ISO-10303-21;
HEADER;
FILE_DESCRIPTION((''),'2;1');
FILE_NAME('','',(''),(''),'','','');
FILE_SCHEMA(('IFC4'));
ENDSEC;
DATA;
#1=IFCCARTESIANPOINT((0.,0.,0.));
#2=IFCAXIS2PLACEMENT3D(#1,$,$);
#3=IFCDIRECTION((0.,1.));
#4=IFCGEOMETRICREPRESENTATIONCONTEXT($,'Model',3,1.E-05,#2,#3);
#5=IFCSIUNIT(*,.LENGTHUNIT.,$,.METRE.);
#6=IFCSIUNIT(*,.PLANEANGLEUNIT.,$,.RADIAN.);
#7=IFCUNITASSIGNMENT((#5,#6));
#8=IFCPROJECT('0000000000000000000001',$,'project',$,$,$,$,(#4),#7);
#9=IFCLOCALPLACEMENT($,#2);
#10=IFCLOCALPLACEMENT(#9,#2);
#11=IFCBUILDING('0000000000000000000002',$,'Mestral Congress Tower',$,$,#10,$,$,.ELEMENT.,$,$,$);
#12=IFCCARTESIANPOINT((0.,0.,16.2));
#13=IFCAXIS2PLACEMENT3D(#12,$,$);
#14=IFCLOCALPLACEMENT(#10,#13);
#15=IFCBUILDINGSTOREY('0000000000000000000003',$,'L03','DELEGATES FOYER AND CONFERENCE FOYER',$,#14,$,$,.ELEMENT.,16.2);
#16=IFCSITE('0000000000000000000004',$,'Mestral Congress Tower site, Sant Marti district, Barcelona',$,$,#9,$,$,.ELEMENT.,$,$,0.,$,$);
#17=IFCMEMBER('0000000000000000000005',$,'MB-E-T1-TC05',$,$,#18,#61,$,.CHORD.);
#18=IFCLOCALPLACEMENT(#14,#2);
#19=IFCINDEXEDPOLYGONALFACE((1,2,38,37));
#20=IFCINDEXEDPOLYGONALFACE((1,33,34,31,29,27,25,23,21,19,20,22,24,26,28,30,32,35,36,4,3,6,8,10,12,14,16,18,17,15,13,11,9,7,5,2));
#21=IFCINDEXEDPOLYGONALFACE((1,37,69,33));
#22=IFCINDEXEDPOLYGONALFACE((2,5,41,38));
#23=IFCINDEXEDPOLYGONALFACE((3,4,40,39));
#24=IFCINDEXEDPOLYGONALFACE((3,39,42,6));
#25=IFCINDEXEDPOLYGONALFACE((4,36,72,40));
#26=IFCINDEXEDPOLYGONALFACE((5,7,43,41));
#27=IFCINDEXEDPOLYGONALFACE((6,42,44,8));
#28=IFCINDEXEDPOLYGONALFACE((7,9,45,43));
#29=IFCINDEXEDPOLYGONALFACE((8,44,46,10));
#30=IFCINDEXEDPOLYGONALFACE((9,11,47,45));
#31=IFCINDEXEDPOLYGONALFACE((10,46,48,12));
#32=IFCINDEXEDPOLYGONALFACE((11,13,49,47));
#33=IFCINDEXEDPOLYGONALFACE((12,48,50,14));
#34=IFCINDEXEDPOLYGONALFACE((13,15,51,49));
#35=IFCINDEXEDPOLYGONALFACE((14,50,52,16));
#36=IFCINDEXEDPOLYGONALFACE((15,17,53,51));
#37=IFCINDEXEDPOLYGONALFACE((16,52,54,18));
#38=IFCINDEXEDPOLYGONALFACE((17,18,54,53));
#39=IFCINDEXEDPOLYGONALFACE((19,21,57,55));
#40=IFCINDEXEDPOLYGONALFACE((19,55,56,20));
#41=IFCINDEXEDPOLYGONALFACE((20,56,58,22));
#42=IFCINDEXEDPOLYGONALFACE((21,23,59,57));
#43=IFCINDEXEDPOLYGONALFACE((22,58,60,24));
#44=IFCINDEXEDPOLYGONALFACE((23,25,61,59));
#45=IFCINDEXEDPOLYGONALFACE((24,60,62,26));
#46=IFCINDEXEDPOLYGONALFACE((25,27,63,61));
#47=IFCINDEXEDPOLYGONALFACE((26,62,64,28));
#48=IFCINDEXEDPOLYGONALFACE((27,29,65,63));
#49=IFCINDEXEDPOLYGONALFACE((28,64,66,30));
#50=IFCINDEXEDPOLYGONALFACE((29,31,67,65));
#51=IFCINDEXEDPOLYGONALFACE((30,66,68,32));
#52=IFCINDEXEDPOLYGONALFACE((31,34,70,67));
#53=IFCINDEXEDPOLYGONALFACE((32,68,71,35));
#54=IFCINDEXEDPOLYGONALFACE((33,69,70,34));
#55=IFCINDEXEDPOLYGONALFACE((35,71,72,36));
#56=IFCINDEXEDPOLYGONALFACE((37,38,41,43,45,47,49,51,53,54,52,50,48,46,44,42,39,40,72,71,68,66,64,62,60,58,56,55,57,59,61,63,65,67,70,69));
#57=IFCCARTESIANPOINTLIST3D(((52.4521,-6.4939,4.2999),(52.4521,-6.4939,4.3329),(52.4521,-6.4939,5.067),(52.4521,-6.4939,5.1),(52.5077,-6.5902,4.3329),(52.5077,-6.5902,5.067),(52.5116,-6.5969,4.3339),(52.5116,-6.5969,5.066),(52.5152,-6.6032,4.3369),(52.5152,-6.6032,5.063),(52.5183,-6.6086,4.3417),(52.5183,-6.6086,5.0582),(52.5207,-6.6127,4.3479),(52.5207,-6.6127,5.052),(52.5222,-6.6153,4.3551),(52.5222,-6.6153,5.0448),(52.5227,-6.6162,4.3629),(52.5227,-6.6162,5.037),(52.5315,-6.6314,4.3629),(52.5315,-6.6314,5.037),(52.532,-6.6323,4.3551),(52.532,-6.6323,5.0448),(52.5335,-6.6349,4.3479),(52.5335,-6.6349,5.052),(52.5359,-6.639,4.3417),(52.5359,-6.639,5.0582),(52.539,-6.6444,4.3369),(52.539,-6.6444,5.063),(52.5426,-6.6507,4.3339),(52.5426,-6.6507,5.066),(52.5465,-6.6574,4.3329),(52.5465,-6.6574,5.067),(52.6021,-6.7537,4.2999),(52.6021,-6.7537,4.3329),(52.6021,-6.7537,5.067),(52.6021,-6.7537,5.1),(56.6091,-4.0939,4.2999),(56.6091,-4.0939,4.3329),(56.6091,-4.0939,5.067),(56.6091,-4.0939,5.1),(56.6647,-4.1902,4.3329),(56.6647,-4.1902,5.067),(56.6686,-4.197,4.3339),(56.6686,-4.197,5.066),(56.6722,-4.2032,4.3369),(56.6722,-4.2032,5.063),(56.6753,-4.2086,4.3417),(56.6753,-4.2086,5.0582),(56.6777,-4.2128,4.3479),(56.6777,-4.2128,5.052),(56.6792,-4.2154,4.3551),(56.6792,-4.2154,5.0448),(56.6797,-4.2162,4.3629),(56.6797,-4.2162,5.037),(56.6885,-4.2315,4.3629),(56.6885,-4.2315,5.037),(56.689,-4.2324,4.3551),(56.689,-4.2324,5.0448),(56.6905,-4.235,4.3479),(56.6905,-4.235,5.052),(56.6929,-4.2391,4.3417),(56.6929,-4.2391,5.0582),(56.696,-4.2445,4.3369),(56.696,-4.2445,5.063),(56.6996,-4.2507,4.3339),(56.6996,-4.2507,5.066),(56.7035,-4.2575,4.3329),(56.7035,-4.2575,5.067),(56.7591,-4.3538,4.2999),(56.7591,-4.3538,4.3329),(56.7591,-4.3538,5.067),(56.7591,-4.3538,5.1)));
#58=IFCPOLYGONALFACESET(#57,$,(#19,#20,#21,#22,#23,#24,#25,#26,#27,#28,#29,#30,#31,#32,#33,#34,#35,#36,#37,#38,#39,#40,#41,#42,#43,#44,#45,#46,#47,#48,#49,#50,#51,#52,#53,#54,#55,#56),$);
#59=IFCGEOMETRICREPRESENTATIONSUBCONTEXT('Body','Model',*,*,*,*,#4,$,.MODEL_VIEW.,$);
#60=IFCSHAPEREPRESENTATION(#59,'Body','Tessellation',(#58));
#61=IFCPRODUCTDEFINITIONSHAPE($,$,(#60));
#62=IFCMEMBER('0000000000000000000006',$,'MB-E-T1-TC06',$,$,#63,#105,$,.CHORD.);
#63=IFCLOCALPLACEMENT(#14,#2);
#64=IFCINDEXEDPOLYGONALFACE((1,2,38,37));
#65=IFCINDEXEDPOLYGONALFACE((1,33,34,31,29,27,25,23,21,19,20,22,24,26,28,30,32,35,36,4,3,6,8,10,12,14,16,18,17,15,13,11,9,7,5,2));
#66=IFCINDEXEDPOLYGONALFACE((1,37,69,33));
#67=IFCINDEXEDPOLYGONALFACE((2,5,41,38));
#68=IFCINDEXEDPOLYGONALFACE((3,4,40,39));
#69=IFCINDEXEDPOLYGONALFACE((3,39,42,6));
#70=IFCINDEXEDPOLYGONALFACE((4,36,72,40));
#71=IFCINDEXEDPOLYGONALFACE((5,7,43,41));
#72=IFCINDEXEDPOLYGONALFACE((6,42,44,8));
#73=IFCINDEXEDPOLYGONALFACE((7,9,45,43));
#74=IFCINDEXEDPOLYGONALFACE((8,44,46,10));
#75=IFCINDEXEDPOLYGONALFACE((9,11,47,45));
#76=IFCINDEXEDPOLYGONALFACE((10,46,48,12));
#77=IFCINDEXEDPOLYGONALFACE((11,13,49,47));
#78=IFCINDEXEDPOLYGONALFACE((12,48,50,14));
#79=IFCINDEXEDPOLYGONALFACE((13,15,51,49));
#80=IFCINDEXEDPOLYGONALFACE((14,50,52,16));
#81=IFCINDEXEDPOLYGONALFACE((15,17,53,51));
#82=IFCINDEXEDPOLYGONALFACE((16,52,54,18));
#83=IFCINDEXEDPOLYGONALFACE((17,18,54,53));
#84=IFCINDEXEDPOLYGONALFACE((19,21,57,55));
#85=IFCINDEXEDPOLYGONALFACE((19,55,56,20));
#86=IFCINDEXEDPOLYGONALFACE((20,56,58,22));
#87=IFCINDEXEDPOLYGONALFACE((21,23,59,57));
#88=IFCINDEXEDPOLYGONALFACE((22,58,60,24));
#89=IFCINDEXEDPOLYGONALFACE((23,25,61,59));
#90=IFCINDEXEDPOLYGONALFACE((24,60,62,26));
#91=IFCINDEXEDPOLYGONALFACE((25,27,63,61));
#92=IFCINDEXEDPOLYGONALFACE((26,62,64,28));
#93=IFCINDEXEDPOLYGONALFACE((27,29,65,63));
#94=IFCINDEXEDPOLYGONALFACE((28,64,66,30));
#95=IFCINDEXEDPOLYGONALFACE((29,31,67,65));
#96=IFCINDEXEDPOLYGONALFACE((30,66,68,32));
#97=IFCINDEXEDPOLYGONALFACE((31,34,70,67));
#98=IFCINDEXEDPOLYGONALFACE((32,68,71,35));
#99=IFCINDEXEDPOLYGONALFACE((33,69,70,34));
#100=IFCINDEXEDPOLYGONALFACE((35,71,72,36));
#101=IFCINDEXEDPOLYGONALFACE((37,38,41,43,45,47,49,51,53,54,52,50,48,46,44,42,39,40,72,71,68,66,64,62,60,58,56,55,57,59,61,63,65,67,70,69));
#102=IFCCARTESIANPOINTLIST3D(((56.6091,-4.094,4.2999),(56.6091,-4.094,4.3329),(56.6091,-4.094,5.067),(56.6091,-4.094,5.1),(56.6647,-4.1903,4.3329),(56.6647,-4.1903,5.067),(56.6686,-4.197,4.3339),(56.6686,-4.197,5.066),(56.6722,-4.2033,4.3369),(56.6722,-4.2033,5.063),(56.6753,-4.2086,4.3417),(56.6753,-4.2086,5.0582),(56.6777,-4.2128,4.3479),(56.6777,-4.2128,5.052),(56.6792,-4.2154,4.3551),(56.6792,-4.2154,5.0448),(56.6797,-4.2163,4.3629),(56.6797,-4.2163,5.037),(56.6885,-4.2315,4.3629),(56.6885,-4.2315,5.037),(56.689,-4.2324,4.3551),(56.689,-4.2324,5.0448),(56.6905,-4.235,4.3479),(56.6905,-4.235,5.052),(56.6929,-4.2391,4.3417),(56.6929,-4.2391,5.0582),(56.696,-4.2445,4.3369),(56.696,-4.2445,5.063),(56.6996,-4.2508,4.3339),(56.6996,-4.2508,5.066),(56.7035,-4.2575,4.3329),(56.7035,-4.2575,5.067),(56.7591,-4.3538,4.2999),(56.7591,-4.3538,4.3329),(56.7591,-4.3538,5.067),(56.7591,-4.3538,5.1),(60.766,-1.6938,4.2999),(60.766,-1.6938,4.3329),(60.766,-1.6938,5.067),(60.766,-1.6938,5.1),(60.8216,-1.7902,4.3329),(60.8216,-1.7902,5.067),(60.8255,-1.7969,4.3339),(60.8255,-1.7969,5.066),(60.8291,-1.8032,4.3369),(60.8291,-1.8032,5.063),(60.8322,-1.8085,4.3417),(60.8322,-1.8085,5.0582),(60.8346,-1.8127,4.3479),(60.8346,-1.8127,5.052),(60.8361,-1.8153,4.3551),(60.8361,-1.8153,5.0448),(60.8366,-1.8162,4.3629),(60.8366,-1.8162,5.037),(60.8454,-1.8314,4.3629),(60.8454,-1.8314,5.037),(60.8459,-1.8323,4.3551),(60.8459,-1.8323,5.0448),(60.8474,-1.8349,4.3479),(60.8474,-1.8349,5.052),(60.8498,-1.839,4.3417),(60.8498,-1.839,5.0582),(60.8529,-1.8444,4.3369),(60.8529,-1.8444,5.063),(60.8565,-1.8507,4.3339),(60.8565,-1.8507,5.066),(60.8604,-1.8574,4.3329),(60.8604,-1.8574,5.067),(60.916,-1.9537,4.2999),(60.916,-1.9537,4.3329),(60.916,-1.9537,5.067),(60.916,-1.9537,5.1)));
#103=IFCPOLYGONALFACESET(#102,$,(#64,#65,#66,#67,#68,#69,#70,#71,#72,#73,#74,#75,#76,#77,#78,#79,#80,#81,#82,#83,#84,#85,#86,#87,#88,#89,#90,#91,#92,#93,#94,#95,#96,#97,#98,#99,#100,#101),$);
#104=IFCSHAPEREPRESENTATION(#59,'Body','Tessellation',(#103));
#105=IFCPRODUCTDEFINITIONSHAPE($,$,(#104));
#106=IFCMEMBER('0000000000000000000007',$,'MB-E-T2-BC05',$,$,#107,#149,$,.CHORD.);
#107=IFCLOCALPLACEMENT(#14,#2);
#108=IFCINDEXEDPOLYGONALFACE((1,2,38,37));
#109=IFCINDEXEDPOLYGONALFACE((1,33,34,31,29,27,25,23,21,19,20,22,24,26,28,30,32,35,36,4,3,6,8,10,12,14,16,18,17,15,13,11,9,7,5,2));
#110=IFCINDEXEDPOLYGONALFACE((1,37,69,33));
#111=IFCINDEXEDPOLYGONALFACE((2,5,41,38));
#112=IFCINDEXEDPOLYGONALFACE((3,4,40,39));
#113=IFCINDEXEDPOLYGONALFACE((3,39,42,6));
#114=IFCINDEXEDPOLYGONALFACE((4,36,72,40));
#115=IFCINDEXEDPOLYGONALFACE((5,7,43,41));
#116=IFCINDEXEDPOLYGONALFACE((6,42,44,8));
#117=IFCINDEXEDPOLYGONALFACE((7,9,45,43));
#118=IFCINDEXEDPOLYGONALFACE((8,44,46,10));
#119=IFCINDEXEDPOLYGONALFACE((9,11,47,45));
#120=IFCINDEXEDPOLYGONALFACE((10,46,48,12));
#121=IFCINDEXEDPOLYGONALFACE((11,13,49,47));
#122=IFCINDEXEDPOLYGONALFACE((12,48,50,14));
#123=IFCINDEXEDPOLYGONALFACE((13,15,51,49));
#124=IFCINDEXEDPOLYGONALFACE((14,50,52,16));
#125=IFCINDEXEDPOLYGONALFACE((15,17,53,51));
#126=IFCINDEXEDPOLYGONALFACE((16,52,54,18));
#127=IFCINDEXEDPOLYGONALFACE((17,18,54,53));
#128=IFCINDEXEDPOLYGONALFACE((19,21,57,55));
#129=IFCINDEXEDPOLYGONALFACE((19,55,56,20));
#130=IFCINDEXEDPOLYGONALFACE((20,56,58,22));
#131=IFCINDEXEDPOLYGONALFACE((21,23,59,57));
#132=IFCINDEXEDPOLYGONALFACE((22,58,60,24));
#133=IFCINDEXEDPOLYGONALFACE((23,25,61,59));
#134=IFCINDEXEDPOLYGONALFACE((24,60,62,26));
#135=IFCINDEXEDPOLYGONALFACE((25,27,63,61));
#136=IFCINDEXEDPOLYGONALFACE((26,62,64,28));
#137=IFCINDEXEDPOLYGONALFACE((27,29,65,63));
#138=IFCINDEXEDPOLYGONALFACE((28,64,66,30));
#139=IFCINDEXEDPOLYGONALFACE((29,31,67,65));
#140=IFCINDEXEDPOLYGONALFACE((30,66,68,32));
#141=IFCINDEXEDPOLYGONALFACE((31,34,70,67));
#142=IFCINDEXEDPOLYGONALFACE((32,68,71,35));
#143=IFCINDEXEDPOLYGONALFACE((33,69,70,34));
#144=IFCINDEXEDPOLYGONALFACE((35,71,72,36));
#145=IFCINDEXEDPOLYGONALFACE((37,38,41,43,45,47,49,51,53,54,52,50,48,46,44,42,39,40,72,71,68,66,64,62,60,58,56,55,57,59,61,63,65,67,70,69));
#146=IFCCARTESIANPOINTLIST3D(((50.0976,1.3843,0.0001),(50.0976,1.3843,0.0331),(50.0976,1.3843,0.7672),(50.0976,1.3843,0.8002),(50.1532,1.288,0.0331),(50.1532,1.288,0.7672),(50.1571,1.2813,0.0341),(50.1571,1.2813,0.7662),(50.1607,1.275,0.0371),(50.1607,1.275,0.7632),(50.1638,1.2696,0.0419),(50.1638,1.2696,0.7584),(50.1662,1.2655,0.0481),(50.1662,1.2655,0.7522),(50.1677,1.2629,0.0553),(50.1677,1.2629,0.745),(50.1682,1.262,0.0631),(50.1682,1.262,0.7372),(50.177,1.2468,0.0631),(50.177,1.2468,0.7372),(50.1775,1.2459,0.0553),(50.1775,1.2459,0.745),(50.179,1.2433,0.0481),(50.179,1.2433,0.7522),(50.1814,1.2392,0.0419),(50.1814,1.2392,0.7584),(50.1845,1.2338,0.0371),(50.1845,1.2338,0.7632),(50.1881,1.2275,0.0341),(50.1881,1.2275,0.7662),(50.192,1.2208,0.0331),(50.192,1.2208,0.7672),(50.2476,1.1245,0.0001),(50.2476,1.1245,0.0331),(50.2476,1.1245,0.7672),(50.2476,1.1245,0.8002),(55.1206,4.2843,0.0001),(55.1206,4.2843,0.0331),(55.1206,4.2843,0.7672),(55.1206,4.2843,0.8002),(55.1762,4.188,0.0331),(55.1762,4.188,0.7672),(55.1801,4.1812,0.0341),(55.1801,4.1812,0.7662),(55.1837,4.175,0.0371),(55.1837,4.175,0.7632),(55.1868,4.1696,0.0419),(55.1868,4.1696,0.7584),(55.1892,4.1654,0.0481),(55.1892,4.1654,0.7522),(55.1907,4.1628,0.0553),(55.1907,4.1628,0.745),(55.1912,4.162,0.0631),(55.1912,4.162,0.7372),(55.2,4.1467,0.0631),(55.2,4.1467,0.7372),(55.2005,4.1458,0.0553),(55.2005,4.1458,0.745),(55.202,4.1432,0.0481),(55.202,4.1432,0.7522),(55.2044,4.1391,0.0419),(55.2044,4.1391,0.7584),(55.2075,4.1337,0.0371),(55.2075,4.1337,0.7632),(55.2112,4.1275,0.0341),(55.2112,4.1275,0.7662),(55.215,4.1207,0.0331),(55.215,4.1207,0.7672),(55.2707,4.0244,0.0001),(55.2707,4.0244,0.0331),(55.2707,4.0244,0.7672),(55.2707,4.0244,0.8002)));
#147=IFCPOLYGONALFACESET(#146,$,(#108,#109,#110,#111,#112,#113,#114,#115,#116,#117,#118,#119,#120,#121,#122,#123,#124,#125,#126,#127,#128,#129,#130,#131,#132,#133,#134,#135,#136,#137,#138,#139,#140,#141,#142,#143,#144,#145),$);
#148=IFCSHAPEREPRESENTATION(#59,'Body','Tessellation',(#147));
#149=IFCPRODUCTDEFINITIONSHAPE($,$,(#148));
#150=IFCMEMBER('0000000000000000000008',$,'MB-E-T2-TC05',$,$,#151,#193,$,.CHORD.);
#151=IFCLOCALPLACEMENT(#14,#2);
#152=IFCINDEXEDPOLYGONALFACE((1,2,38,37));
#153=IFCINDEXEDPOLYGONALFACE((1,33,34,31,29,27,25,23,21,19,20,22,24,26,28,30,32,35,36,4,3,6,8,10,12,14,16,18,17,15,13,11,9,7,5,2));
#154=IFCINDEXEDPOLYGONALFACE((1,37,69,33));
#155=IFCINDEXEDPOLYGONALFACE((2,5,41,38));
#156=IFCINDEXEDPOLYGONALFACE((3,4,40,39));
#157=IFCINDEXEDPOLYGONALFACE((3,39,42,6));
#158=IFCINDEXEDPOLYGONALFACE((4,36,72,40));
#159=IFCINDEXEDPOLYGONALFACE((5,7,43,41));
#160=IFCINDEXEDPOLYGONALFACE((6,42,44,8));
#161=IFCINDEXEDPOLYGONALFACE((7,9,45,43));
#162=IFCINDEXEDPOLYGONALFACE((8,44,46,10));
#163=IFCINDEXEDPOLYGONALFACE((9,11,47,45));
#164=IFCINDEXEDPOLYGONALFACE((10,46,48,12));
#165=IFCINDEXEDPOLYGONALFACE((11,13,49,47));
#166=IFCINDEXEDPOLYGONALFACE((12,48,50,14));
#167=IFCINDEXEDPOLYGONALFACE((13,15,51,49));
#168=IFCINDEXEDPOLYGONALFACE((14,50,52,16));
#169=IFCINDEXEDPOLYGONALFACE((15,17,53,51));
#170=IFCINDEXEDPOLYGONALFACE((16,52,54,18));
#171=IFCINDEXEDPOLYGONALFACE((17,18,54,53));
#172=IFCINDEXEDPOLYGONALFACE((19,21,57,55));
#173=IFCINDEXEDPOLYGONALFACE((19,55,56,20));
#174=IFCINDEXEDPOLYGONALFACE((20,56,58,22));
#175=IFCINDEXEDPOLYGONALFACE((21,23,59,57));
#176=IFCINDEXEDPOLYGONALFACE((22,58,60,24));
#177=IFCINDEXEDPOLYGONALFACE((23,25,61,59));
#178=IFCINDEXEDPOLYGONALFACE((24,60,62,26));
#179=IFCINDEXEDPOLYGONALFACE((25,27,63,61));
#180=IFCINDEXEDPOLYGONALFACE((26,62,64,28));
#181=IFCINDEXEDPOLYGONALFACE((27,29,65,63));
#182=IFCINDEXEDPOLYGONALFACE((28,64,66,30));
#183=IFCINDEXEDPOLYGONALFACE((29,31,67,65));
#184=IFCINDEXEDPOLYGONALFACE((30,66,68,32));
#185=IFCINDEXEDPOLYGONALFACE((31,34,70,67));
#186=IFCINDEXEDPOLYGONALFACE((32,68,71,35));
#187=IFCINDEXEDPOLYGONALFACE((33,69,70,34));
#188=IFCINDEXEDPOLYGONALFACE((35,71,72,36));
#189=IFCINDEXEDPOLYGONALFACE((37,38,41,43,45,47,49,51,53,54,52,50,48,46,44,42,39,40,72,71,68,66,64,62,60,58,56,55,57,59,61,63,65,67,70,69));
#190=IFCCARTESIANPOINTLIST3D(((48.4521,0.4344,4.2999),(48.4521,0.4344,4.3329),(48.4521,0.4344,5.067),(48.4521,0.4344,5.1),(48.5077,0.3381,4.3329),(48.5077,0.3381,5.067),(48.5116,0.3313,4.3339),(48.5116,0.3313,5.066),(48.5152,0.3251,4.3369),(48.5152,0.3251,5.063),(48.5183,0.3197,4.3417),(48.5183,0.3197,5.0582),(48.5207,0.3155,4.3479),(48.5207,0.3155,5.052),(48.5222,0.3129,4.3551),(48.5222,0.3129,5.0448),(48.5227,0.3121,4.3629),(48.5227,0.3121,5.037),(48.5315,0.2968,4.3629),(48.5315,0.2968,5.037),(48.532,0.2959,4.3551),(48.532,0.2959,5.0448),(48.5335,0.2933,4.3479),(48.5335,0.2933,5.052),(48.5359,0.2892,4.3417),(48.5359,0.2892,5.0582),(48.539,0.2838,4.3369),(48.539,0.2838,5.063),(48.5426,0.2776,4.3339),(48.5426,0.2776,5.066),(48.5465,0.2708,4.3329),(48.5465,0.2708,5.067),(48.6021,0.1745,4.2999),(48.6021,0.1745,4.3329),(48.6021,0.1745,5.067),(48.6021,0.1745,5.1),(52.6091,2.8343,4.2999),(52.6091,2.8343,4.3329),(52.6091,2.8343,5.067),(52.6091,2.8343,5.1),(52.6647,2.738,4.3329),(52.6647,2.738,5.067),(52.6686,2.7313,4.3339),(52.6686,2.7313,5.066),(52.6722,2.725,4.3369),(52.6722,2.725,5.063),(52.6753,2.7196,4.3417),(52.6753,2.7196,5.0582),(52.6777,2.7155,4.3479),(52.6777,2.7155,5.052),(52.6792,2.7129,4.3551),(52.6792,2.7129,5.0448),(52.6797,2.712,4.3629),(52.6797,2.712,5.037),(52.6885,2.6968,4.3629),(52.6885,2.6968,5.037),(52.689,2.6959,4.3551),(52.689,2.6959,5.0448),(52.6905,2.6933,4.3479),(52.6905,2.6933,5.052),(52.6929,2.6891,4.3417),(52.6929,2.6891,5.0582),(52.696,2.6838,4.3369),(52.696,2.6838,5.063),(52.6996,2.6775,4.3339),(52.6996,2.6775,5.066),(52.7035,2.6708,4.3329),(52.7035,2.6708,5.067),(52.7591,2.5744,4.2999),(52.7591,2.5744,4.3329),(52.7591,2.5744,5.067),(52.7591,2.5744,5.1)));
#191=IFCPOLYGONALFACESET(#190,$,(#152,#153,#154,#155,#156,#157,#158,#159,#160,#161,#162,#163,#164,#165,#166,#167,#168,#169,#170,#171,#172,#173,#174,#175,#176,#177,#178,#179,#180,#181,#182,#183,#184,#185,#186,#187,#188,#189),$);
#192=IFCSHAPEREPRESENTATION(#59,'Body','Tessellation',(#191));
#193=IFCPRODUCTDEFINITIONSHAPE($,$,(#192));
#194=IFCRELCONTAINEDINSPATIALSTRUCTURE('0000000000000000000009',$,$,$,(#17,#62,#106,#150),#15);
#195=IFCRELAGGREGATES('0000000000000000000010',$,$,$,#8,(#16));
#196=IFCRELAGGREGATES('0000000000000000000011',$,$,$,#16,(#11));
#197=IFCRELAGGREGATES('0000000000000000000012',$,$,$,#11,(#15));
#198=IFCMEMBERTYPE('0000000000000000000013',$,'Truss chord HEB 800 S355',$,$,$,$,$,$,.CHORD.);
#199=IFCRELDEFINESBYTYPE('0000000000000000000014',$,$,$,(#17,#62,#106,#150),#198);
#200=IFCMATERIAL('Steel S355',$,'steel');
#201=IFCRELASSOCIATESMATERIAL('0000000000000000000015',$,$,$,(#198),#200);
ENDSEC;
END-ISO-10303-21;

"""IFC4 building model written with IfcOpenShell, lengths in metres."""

from ifc_helpers import new_model, si_unit, direction, frame, origin, origin_2d, place, context, subcontext, project, spatial, i_section, extrude, material, material_profile, profile_set, type_object, element, save


model = new_model("IFC4")

# Units and contexts
model_context = context("Model", 3, precision=1e-05, world=origin(), true_north=direction((0.0, 1.0)))
body_context = subcontext(model_context, "Body", "Model", "MODEL_VIEW")
ifc_project = project(units=[si_unit("LENGTHUNIT", "METRE"), si_unit("PLANEANGLEUNIT", "RADIAN")], contexts=[model_context])

# Site, building, storey
site_placement = place(None, origin())
site = spatial("IfcSite", under=ifc_project, at=site_placement, Name="Mestral Congress Tower site, Sant Marti district, Barcelona", CompositionType="ELEMENT", RefElevation=0.0)
building_placement = place(site_placement, origin())
building = spatial("IfcBuilding", under=site, at=building_placement, Name="Mestral Congress Tower", CompositionType="ELEMENT")
storey_placement = place(building_placement, frame((0.0, 0.0, 16.2)))
storey = spatial("IfcBuildingStorey", under=building, at=storey_placement, Name="L03", Description="DELEGATES FOYER AND CONFERENCE FOYER", CompositionType="ELEMENT", Elevation=16.2)

# Members
ifc_material_1 = material(Name="Steel S355", Category="steel")
ifc_material_profile_1 = material_profile(ifc_material_1, i_section(OverallWidth=0.3, OverallDepth=0.8, WebThickness=0.0176, FlangeThickness=0.033, FilletRadius=0.03, at=origin_2d()), Name="HEB 800")
ifc_profile_set_1 = profile_set([ifc_material_profile_1], Name="Steel S355")
member_type_1 = type_object("IfcMemberType", Name="Truss chord HEB 800 S355", PredefinedType="CHORD", material=ifc_profile_set_1)
for number, where, z_axis, x_axis, name in (
    (1, (52.5271, -6.6238, 4.7), (0.866037, 0.499979, 0.0), (-0.499979, 0.866037, 0.0), "MB-E-T1-TC05"),
    (2, (56.6841, -4.2239, 4.7), (0.866015, 0.500017, 0.0), (-0.500017, 0.866015, 0.0), "MB-E-T1-TC06"),
):
    element("IfcMember", number, at=place(storey_placement, frame(where, z_axis=z_axis, x_axis=x_axis)), inside=storey, type_object=member_type_1, Name=name, PredefinedType="CHORD", context=body_context, shape_type="SweptSolid", body=[
        extrude(i_section(OverallWidth=0.3, OverallDepth=0.8, WebThickness=0.0176, FlangeThickness=0.033, FilletRadius=0.03, at=origin_2d()), origin(), (0.0, 0.0, 1.0), 4.8),
    ])
member_1_placement = place(storey_placement, frame((50.1726, 1.2544, 0.4001), z_axis=(0.866033, 0.499987, 0.0), x_axis=(-0.499987, 0.866033, 0.0)))
element("IfcMember", 3, at=member_1_placement, inside=storey, type_object=member_type_1, Name="MB-E-T2-BC05", PredefinedType="CHORD", context=body_context, shape_type="SweptSolid", body=[
    extrude(i_section(OverallWidth=0.3, OverallDepth=0.8, WebThickness=0.0176, FlangeThickness=0.033, FilletRadius=0.03, at=origin_2d()), origin(), (0.0, 0.0, 1.0), 5.8),
])
for number, where, z_axis, x_axis, name in (
    (4, (48.5271, 0.3044, 4.7), (0.866037, 0.499979, 0.0), (-0.499979, 0.866037, 0.0), "MB-E-T2-TC05"),
):
    element("IfcMember", number, at=place(storey_placement, frame(where, z_axis=z_axis, x_axis=x_axis)), inside=storey, type_object=member_type_1, Name=name, PredefinedType="CHORD", context=body_context, shape_type="SweptSolid", body=[
        extrude(i_section(OverallWidth=0.3, OverallDepth=0.8, WebThickness=0.0176, FlangeThickness=0.033, FilletRadius=0.03, at=origin_2d()), origin(), (0.0, 0.0, 1.0), 4.8),
    ])

save(model, "model.ifc")
